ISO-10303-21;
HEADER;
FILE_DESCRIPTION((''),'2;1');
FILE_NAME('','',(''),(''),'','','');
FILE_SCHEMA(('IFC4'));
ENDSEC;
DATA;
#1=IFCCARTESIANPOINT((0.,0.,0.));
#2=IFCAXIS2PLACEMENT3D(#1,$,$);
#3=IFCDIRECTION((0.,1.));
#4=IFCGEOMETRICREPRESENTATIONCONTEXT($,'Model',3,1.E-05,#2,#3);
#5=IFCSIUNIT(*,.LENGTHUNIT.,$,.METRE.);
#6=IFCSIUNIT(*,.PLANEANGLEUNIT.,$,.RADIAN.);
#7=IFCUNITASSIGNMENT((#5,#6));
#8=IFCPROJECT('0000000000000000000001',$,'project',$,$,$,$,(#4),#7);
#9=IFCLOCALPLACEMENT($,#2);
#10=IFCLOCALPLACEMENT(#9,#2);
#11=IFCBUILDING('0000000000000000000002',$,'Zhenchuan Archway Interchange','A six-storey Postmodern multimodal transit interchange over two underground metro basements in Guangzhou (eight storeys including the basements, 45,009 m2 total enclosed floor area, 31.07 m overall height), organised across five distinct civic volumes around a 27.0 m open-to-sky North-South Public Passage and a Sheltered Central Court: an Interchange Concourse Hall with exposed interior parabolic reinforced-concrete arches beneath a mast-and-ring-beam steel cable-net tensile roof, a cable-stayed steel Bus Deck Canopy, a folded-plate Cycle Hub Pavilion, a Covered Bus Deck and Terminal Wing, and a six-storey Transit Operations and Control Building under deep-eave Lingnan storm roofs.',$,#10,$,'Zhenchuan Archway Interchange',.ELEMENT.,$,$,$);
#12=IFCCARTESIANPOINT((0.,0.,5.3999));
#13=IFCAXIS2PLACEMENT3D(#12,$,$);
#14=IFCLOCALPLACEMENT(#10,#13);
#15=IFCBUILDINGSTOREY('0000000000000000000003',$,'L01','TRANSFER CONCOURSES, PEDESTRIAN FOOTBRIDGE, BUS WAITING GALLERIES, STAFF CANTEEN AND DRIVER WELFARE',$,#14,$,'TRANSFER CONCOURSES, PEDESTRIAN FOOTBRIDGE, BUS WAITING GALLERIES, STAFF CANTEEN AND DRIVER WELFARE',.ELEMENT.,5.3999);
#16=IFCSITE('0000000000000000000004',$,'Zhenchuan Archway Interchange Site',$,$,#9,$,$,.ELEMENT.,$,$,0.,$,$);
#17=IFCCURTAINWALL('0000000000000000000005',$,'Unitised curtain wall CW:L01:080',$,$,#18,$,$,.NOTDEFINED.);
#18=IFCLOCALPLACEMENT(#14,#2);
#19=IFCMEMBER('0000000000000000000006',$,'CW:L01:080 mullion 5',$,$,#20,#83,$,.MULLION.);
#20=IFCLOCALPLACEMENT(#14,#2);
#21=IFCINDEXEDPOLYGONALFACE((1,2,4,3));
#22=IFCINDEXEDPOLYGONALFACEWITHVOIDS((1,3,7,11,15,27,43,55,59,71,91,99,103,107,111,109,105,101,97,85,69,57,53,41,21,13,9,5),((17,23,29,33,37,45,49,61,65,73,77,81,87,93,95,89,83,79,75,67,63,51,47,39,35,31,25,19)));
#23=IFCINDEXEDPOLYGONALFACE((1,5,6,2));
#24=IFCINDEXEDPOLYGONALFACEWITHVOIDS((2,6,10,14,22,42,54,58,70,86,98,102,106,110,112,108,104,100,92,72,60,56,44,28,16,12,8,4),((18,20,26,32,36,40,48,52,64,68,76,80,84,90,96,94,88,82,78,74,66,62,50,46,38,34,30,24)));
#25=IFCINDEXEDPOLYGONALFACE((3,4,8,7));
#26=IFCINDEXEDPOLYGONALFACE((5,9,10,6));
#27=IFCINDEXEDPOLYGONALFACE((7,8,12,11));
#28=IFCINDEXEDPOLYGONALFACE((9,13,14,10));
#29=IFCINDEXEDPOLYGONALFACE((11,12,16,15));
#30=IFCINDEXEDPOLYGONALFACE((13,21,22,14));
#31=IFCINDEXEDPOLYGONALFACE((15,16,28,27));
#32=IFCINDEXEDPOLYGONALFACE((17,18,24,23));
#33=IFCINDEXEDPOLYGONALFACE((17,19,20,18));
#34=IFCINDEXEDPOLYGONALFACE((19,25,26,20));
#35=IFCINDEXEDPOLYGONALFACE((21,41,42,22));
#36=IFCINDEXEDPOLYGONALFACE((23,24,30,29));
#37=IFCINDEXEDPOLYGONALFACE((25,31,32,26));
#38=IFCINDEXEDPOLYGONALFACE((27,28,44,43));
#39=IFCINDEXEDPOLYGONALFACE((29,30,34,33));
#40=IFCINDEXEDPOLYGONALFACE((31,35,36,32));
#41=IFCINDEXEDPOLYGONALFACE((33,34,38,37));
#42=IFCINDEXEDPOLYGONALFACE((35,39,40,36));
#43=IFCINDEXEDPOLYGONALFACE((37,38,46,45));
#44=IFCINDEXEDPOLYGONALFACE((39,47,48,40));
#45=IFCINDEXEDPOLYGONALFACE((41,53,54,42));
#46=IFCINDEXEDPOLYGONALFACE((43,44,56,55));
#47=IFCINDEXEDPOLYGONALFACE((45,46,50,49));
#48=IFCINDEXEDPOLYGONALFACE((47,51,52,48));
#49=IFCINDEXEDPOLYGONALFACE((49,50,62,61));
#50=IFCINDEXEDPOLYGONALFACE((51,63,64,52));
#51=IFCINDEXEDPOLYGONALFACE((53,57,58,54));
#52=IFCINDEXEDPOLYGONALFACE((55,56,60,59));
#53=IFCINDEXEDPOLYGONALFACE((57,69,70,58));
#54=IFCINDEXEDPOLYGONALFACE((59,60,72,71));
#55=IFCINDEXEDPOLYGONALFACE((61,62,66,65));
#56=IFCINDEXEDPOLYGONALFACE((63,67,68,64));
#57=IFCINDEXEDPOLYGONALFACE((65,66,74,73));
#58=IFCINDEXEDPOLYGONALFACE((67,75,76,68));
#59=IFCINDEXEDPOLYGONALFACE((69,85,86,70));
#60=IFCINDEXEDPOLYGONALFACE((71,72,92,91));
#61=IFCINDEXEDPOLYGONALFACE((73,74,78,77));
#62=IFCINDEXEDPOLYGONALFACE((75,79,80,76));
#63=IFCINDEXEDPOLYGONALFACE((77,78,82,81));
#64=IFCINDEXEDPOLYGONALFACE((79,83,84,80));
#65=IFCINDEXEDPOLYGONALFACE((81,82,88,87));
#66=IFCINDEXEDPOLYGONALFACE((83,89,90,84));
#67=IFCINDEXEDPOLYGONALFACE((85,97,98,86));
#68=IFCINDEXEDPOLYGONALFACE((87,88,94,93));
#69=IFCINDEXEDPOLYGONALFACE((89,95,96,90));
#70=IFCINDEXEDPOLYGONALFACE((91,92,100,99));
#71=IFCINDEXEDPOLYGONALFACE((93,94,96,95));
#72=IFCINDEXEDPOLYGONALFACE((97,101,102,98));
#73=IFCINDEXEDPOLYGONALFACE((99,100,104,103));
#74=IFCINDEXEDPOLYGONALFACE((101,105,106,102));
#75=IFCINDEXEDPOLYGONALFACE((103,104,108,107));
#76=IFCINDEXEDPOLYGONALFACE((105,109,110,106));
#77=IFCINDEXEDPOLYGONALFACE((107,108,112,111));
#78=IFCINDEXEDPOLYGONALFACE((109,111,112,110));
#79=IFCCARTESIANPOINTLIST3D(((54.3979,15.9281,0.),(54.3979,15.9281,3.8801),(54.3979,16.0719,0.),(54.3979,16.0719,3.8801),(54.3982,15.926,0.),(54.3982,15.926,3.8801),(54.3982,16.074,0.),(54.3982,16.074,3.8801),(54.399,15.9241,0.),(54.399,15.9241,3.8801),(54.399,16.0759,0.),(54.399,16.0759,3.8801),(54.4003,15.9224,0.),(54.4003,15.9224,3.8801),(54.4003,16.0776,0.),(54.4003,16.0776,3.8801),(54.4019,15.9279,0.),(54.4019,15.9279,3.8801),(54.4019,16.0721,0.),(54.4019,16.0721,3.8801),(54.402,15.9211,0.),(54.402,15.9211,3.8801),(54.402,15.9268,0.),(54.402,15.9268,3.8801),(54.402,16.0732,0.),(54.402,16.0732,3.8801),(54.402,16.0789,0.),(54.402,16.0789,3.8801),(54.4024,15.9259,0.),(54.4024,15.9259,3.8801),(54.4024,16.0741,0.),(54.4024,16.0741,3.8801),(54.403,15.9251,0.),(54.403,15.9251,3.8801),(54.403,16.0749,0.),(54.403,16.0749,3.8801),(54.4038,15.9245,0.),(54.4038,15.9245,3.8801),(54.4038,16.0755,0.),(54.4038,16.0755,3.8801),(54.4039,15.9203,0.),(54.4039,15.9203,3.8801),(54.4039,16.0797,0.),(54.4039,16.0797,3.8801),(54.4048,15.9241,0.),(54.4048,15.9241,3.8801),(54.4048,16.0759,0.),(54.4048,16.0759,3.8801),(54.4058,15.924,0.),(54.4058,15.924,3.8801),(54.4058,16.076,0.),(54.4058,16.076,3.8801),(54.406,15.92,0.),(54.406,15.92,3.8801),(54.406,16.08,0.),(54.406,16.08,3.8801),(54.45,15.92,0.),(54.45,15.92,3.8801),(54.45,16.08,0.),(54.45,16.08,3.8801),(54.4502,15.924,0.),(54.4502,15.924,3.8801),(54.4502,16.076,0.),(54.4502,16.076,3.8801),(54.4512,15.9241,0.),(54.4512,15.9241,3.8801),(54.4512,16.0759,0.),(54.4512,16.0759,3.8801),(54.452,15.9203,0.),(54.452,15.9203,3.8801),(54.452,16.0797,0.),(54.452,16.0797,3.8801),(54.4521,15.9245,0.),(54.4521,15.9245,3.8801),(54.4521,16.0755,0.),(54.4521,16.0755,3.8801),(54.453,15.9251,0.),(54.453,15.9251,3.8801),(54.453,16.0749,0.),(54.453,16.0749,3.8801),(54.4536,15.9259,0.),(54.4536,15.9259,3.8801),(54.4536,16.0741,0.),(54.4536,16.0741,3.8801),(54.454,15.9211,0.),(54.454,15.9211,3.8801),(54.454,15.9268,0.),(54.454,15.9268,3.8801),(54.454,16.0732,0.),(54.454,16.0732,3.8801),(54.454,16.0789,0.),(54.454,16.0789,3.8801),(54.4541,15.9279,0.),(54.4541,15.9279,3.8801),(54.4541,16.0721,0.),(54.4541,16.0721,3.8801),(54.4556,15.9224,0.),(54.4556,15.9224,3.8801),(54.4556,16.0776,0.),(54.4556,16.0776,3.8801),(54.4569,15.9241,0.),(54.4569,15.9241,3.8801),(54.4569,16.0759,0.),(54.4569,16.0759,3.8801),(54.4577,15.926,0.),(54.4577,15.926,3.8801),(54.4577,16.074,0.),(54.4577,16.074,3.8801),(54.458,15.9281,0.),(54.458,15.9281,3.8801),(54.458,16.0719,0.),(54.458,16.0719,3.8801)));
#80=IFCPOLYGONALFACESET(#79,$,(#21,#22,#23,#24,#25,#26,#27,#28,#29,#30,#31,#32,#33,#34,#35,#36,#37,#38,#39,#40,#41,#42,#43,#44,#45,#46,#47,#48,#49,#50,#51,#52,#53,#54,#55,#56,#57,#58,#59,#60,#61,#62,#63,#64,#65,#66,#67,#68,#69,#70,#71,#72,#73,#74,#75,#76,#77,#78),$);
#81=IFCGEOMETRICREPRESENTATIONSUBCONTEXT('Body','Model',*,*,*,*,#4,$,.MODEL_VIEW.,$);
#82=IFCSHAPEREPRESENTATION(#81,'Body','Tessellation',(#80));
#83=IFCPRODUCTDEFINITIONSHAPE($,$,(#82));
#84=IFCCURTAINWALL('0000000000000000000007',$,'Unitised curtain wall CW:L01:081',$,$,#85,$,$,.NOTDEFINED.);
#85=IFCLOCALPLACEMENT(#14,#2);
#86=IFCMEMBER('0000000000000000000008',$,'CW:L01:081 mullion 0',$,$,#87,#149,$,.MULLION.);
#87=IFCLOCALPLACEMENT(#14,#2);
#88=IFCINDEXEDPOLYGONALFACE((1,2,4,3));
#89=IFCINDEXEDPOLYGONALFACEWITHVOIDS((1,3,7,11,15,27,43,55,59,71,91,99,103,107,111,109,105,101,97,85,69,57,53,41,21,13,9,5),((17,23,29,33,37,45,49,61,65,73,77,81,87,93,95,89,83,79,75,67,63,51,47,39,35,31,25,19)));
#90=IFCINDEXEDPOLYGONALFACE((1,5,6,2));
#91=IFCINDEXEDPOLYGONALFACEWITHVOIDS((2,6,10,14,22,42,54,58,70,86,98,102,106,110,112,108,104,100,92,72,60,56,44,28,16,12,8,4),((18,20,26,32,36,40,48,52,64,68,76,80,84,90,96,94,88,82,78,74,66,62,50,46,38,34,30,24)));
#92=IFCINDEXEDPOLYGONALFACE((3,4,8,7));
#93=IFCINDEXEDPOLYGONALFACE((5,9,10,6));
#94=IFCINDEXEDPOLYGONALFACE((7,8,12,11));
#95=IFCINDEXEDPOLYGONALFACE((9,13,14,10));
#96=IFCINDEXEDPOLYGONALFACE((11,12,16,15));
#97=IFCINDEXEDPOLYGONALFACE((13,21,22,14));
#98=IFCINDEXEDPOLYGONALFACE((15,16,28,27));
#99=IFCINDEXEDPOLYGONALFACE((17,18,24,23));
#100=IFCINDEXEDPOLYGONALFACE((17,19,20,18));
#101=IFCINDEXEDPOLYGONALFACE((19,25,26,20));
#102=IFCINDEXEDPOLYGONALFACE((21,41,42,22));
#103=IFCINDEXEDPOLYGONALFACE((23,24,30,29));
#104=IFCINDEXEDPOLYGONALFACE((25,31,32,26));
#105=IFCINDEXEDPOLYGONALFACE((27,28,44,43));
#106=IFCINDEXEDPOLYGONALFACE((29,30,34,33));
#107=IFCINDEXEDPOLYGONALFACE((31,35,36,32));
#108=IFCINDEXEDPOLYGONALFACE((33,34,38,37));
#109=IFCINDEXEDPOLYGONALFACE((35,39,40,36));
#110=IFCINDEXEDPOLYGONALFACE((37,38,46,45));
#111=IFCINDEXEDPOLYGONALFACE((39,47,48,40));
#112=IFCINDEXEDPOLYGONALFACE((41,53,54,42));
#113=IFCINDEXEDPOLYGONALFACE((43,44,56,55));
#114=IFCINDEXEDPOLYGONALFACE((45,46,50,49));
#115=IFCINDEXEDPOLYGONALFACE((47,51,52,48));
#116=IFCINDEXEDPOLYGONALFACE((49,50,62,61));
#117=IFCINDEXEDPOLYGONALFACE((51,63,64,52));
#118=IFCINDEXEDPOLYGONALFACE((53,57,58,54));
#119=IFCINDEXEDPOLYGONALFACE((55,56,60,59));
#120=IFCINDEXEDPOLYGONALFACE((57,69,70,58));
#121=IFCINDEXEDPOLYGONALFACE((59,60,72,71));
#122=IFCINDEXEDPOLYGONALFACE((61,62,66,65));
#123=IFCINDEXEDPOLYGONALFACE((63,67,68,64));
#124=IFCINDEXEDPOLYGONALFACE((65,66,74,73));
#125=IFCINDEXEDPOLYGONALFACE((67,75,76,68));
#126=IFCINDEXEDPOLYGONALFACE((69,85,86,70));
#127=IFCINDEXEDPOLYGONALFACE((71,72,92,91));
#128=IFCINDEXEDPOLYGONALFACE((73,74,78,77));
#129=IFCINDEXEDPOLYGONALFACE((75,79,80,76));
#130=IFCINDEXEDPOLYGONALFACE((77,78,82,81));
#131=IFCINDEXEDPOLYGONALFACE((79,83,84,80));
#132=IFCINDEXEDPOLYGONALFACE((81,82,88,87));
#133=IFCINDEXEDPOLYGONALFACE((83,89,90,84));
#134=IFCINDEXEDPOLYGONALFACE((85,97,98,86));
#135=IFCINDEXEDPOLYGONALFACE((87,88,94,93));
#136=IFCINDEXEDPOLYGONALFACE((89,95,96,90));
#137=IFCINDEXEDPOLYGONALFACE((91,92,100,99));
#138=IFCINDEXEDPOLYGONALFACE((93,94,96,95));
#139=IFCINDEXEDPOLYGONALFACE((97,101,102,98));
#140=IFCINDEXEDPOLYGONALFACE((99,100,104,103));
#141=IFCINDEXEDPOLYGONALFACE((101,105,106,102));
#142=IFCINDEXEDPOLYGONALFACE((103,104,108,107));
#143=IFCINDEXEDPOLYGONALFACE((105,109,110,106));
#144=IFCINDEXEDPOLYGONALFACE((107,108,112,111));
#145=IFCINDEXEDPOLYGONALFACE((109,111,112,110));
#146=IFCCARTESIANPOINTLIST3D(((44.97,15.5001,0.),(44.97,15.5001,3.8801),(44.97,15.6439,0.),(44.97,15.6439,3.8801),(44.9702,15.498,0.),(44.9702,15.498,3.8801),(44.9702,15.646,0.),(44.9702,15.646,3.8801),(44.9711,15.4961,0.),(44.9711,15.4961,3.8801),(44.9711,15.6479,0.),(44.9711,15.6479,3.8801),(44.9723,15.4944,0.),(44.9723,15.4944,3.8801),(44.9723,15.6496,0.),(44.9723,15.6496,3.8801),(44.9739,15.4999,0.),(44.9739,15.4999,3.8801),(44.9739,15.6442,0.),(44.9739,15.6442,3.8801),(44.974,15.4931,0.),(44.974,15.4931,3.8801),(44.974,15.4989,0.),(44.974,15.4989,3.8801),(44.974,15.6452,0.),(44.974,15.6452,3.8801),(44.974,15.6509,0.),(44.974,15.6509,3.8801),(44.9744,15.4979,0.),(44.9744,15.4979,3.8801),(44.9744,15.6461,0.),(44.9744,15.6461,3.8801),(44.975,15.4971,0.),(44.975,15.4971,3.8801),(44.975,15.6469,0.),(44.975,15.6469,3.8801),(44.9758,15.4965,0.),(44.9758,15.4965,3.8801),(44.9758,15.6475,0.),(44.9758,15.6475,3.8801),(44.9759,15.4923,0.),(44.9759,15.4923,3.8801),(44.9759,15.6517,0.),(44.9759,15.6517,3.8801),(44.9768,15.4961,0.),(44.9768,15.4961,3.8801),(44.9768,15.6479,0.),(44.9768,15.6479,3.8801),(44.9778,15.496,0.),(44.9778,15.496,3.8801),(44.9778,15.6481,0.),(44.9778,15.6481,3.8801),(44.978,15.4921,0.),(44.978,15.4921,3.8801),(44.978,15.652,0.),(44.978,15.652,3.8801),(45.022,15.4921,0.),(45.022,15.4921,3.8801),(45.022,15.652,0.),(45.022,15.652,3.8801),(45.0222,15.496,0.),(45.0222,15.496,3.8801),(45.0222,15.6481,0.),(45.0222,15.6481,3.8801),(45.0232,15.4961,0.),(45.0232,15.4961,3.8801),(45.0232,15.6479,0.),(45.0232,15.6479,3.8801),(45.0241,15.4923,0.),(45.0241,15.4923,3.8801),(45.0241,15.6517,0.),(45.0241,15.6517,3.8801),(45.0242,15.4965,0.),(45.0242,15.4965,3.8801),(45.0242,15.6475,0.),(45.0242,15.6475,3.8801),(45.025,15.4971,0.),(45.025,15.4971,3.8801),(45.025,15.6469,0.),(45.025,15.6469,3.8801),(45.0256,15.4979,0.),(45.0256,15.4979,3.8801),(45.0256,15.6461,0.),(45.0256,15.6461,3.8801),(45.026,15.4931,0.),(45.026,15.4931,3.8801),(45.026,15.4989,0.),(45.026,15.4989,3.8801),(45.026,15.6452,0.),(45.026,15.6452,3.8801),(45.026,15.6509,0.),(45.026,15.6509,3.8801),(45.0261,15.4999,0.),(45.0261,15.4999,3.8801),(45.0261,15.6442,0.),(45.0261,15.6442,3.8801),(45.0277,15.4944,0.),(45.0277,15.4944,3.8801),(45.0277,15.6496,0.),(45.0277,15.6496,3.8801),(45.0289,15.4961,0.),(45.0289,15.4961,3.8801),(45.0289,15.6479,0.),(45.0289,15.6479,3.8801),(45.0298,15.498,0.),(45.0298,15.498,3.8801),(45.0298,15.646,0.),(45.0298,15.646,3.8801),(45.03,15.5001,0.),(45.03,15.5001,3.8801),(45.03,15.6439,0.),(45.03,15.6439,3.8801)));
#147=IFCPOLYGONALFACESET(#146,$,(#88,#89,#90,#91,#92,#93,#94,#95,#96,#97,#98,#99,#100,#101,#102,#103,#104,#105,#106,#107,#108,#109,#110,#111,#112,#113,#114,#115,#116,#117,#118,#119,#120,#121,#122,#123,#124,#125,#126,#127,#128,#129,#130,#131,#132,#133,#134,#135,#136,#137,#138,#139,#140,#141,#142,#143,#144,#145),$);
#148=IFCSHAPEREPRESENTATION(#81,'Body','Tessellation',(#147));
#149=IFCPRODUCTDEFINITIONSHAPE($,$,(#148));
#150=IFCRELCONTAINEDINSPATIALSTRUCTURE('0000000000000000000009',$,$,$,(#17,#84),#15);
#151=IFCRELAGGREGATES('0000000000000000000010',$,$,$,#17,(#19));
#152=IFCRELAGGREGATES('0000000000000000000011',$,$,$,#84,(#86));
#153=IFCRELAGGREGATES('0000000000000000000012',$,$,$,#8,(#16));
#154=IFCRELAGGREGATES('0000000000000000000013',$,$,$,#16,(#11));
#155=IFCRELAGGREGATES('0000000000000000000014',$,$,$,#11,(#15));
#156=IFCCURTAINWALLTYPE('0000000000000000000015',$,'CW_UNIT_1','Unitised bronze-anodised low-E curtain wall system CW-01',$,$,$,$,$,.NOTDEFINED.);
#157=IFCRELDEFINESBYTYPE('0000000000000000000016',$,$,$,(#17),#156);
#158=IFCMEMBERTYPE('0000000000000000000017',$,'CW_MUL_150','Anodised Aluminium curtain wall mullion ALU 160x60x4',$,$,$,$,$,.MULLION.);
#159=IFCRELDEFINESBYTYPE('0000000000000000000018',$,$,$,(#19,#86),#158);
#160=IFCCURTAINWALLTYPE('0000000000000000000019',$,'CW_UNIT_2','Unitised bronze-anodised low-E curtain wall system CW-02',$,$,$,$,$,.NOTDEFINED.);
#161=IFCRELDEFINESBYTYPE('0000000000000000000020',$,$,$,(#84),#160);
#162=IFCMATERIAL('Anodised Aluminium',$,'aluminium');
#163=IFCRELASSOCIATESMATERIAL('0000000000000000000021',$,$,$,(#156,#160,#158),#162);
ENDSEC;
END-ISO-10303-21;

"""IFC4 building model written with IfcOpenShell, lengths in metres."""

from ifc_helpers import new_model, si_unit, direction, frame, origin, origin_2d, place, context, subcontext, project, spatial, hollow_rectangle, extrude, material, material_profile, profile_set, type_object, element, aggregate, save


model = new_model("IFC4")

# Units and contexts
model_context = context("Model", 3, precision=1e-05, world=origin(), true_north=direction((0.0, 1.0)))
body_context = subcontext(model_context, "Body", "Model", "MODEL_VIEW")
ifc_project = project(units=[si_unit("LENGTHUNIT", "METRE"), si_unit("PLANEANGLEUNIT", "RADIAN")], contexts=[model_context])

# Site, building, storey
site_placement = place(None, origin())
site = spatial("IfcSite", under=ifc_project, at=site_placement, Name="Zhenchuan Archway Interchange Site", CompositionType="ELEMENT", RefElevation=0.0)
building_placement = place(site_placement, origin())
building = spatial("IfcBuilding", under=site, at=building_placement, Name="Zhenchuan Archway Interchange", Description="A six-storey Postmodern multimodal transit interchange over two underground metro basements in Guangzhou (eight storeys including the basements, 45,009 m2 total enclosed floor area, 31.07 m overall height), organised across five distinct civic volumes around a 27.0 m open-to-sky North-South Public Passage and a Sheltered Central Court: an Interchange Concourse Hall with exposed interior parabolic reinforced-concrete arches beneath a mast-and-ring-beam steel cable-net tensile roof, a cable-stayed steel Bus Deck Canopy, a folded-plate Cycle Hub Pavilion, a Covered Bus Deck and Terminal Wing, and a six-storey Transit Operations and Control Building under deep-eave Lingnan storm roofs.", LongName="Zhenchuan Archway Interchange", CompositionType="ELEMENT")
storey_placement = place(building_placement, frame((0.0, 0.0, 5.3999)))
storey = spatial("IfcBuildingStorey", under=building, at=storey_placement, Name="L01", Description="TRANSFER CONCOURSES, PEDESTRIAN FOOTBRIDGE, BUS WAITING GALLERIES, STAFF CANTEEN AND DRIVER WELFARE", LongName="TRANSFER CONCOURSES, PEDESTRIAN FOOTBRIDGE, BUS WAITING GALLERIES, STAFF CANTEEN AND DRIVER WELFARE", CompositionType="ELEMENT", Elevation=5.3999)

# Curtain walls, members
ifc_material_1 = material(Name="Anodised Aluminium", Category="aluminium")
curtain_wall_type_1 = type_object("IfcCurtainWallType", Name="CW_UNIT_1", Description="Unitised bronze-anodised low-E curtain wall system CW-01", PredefinedType="NOTDEFINED", material=ifc_material_1)
curtain_wall_1_placement = place(storey_placement, origin())
curtain_wall_1 = element("IfcCurtainWall", 1, at=curtain_wall_1_placement, inside=storey, type_object=curtain_wall_type_1, Name="Unitised curtain wall CW:L01:080", PredefinedType="NOTDEFINED")
ifc_material_profile_1 = material_profile(ifc_material_1, hollow_rectangle(XDim=0.0601, YDim=0.1599, WallThickness=0.0039, InnerFilletRadius=0.0039, OuterFilletRadius=0.0081, at=origin_2d()), Name="ALU 160x60x4")
ifc_profile_set_1 = profile_set([ifc_material_profile_1], Name="Anodised Aluminium")
member_type_1 = type_object("IfcMemberType", Name="CW_MUL_150", Description="Anodised Aluminium curtain wall mullion ALU 160x60x4", PredefinedType="MULLION", material=ifc_profile_set_1)
member_1_placement = place(storey_placement, frame((54.428, 16.0, 0.0), z_axis=(0.0, 0.0, 1.0), x_axis=(1.0, 0.0, 0.0)))
member_1 = element("IfcMember", 2, at=member_1_placement, type_object=member_type_1, Name="CW:L01:080 mullion 5", PredefinedType="MULLION", context=body_context, shape_type="SweptSolid", body=[
    extrude(hollow_rectangle(XDim=0.0601, YDim=0.1599, WallThickness=0.0039, InnerFilletRadius=0.0039, OuterFilletRadius=0.0081, at=origin_2d()), origin(), (0.0, 0.0, 1.0), 3.8801),
])
curtain_wall_type_2 = type_object("IfcCurtainWallType", Name="CW_UNIT_2", Description="Unitised bronze-anodised low-E curtain wall system CW-02", PredefinedType="NOTDEFINED", material=ifc_material_1)
curtain_wall_2_placement = place(storey_placement, origin())
curtain_wall_2 = element("IfcCurtainWall", 3, at=curtain_wall_2_placement, inside=storey, type_object=curtain_wall_type_2, Name="Unitised curtain wall CW:L01:081", PredefinedType="NOTDEFINED")
member_2_placement = place(storey_placement, frame((45.0, 15.572, 0.0), z_axis=(0.0, 0.0, 1.0), x_axis=(1.0, 0.0, 0.0)))
member_2 = element("IfcMember", 4, at=member_2_placement, type_object=member_type_1, Name="CW:L01:081 mullion 0", PredefinedType="MULLION", context=body_context, shape_type="SweptSolid", body=[
    extrude(hollow_rectangle(XDim=0.0601, YDim=0.1599, WallThickness=0.0039, InnerFilletRadius=0.0039, OuterFilletRadius=0.0081, at=origin_2d()), origin(), (0.0, 0.0, 1.0), 3.8801),
])

aggregate(curtain_wall_1, [member_1])
aggregate(curtain_wall_2, [member_2])

save(model, "model.ifc")
